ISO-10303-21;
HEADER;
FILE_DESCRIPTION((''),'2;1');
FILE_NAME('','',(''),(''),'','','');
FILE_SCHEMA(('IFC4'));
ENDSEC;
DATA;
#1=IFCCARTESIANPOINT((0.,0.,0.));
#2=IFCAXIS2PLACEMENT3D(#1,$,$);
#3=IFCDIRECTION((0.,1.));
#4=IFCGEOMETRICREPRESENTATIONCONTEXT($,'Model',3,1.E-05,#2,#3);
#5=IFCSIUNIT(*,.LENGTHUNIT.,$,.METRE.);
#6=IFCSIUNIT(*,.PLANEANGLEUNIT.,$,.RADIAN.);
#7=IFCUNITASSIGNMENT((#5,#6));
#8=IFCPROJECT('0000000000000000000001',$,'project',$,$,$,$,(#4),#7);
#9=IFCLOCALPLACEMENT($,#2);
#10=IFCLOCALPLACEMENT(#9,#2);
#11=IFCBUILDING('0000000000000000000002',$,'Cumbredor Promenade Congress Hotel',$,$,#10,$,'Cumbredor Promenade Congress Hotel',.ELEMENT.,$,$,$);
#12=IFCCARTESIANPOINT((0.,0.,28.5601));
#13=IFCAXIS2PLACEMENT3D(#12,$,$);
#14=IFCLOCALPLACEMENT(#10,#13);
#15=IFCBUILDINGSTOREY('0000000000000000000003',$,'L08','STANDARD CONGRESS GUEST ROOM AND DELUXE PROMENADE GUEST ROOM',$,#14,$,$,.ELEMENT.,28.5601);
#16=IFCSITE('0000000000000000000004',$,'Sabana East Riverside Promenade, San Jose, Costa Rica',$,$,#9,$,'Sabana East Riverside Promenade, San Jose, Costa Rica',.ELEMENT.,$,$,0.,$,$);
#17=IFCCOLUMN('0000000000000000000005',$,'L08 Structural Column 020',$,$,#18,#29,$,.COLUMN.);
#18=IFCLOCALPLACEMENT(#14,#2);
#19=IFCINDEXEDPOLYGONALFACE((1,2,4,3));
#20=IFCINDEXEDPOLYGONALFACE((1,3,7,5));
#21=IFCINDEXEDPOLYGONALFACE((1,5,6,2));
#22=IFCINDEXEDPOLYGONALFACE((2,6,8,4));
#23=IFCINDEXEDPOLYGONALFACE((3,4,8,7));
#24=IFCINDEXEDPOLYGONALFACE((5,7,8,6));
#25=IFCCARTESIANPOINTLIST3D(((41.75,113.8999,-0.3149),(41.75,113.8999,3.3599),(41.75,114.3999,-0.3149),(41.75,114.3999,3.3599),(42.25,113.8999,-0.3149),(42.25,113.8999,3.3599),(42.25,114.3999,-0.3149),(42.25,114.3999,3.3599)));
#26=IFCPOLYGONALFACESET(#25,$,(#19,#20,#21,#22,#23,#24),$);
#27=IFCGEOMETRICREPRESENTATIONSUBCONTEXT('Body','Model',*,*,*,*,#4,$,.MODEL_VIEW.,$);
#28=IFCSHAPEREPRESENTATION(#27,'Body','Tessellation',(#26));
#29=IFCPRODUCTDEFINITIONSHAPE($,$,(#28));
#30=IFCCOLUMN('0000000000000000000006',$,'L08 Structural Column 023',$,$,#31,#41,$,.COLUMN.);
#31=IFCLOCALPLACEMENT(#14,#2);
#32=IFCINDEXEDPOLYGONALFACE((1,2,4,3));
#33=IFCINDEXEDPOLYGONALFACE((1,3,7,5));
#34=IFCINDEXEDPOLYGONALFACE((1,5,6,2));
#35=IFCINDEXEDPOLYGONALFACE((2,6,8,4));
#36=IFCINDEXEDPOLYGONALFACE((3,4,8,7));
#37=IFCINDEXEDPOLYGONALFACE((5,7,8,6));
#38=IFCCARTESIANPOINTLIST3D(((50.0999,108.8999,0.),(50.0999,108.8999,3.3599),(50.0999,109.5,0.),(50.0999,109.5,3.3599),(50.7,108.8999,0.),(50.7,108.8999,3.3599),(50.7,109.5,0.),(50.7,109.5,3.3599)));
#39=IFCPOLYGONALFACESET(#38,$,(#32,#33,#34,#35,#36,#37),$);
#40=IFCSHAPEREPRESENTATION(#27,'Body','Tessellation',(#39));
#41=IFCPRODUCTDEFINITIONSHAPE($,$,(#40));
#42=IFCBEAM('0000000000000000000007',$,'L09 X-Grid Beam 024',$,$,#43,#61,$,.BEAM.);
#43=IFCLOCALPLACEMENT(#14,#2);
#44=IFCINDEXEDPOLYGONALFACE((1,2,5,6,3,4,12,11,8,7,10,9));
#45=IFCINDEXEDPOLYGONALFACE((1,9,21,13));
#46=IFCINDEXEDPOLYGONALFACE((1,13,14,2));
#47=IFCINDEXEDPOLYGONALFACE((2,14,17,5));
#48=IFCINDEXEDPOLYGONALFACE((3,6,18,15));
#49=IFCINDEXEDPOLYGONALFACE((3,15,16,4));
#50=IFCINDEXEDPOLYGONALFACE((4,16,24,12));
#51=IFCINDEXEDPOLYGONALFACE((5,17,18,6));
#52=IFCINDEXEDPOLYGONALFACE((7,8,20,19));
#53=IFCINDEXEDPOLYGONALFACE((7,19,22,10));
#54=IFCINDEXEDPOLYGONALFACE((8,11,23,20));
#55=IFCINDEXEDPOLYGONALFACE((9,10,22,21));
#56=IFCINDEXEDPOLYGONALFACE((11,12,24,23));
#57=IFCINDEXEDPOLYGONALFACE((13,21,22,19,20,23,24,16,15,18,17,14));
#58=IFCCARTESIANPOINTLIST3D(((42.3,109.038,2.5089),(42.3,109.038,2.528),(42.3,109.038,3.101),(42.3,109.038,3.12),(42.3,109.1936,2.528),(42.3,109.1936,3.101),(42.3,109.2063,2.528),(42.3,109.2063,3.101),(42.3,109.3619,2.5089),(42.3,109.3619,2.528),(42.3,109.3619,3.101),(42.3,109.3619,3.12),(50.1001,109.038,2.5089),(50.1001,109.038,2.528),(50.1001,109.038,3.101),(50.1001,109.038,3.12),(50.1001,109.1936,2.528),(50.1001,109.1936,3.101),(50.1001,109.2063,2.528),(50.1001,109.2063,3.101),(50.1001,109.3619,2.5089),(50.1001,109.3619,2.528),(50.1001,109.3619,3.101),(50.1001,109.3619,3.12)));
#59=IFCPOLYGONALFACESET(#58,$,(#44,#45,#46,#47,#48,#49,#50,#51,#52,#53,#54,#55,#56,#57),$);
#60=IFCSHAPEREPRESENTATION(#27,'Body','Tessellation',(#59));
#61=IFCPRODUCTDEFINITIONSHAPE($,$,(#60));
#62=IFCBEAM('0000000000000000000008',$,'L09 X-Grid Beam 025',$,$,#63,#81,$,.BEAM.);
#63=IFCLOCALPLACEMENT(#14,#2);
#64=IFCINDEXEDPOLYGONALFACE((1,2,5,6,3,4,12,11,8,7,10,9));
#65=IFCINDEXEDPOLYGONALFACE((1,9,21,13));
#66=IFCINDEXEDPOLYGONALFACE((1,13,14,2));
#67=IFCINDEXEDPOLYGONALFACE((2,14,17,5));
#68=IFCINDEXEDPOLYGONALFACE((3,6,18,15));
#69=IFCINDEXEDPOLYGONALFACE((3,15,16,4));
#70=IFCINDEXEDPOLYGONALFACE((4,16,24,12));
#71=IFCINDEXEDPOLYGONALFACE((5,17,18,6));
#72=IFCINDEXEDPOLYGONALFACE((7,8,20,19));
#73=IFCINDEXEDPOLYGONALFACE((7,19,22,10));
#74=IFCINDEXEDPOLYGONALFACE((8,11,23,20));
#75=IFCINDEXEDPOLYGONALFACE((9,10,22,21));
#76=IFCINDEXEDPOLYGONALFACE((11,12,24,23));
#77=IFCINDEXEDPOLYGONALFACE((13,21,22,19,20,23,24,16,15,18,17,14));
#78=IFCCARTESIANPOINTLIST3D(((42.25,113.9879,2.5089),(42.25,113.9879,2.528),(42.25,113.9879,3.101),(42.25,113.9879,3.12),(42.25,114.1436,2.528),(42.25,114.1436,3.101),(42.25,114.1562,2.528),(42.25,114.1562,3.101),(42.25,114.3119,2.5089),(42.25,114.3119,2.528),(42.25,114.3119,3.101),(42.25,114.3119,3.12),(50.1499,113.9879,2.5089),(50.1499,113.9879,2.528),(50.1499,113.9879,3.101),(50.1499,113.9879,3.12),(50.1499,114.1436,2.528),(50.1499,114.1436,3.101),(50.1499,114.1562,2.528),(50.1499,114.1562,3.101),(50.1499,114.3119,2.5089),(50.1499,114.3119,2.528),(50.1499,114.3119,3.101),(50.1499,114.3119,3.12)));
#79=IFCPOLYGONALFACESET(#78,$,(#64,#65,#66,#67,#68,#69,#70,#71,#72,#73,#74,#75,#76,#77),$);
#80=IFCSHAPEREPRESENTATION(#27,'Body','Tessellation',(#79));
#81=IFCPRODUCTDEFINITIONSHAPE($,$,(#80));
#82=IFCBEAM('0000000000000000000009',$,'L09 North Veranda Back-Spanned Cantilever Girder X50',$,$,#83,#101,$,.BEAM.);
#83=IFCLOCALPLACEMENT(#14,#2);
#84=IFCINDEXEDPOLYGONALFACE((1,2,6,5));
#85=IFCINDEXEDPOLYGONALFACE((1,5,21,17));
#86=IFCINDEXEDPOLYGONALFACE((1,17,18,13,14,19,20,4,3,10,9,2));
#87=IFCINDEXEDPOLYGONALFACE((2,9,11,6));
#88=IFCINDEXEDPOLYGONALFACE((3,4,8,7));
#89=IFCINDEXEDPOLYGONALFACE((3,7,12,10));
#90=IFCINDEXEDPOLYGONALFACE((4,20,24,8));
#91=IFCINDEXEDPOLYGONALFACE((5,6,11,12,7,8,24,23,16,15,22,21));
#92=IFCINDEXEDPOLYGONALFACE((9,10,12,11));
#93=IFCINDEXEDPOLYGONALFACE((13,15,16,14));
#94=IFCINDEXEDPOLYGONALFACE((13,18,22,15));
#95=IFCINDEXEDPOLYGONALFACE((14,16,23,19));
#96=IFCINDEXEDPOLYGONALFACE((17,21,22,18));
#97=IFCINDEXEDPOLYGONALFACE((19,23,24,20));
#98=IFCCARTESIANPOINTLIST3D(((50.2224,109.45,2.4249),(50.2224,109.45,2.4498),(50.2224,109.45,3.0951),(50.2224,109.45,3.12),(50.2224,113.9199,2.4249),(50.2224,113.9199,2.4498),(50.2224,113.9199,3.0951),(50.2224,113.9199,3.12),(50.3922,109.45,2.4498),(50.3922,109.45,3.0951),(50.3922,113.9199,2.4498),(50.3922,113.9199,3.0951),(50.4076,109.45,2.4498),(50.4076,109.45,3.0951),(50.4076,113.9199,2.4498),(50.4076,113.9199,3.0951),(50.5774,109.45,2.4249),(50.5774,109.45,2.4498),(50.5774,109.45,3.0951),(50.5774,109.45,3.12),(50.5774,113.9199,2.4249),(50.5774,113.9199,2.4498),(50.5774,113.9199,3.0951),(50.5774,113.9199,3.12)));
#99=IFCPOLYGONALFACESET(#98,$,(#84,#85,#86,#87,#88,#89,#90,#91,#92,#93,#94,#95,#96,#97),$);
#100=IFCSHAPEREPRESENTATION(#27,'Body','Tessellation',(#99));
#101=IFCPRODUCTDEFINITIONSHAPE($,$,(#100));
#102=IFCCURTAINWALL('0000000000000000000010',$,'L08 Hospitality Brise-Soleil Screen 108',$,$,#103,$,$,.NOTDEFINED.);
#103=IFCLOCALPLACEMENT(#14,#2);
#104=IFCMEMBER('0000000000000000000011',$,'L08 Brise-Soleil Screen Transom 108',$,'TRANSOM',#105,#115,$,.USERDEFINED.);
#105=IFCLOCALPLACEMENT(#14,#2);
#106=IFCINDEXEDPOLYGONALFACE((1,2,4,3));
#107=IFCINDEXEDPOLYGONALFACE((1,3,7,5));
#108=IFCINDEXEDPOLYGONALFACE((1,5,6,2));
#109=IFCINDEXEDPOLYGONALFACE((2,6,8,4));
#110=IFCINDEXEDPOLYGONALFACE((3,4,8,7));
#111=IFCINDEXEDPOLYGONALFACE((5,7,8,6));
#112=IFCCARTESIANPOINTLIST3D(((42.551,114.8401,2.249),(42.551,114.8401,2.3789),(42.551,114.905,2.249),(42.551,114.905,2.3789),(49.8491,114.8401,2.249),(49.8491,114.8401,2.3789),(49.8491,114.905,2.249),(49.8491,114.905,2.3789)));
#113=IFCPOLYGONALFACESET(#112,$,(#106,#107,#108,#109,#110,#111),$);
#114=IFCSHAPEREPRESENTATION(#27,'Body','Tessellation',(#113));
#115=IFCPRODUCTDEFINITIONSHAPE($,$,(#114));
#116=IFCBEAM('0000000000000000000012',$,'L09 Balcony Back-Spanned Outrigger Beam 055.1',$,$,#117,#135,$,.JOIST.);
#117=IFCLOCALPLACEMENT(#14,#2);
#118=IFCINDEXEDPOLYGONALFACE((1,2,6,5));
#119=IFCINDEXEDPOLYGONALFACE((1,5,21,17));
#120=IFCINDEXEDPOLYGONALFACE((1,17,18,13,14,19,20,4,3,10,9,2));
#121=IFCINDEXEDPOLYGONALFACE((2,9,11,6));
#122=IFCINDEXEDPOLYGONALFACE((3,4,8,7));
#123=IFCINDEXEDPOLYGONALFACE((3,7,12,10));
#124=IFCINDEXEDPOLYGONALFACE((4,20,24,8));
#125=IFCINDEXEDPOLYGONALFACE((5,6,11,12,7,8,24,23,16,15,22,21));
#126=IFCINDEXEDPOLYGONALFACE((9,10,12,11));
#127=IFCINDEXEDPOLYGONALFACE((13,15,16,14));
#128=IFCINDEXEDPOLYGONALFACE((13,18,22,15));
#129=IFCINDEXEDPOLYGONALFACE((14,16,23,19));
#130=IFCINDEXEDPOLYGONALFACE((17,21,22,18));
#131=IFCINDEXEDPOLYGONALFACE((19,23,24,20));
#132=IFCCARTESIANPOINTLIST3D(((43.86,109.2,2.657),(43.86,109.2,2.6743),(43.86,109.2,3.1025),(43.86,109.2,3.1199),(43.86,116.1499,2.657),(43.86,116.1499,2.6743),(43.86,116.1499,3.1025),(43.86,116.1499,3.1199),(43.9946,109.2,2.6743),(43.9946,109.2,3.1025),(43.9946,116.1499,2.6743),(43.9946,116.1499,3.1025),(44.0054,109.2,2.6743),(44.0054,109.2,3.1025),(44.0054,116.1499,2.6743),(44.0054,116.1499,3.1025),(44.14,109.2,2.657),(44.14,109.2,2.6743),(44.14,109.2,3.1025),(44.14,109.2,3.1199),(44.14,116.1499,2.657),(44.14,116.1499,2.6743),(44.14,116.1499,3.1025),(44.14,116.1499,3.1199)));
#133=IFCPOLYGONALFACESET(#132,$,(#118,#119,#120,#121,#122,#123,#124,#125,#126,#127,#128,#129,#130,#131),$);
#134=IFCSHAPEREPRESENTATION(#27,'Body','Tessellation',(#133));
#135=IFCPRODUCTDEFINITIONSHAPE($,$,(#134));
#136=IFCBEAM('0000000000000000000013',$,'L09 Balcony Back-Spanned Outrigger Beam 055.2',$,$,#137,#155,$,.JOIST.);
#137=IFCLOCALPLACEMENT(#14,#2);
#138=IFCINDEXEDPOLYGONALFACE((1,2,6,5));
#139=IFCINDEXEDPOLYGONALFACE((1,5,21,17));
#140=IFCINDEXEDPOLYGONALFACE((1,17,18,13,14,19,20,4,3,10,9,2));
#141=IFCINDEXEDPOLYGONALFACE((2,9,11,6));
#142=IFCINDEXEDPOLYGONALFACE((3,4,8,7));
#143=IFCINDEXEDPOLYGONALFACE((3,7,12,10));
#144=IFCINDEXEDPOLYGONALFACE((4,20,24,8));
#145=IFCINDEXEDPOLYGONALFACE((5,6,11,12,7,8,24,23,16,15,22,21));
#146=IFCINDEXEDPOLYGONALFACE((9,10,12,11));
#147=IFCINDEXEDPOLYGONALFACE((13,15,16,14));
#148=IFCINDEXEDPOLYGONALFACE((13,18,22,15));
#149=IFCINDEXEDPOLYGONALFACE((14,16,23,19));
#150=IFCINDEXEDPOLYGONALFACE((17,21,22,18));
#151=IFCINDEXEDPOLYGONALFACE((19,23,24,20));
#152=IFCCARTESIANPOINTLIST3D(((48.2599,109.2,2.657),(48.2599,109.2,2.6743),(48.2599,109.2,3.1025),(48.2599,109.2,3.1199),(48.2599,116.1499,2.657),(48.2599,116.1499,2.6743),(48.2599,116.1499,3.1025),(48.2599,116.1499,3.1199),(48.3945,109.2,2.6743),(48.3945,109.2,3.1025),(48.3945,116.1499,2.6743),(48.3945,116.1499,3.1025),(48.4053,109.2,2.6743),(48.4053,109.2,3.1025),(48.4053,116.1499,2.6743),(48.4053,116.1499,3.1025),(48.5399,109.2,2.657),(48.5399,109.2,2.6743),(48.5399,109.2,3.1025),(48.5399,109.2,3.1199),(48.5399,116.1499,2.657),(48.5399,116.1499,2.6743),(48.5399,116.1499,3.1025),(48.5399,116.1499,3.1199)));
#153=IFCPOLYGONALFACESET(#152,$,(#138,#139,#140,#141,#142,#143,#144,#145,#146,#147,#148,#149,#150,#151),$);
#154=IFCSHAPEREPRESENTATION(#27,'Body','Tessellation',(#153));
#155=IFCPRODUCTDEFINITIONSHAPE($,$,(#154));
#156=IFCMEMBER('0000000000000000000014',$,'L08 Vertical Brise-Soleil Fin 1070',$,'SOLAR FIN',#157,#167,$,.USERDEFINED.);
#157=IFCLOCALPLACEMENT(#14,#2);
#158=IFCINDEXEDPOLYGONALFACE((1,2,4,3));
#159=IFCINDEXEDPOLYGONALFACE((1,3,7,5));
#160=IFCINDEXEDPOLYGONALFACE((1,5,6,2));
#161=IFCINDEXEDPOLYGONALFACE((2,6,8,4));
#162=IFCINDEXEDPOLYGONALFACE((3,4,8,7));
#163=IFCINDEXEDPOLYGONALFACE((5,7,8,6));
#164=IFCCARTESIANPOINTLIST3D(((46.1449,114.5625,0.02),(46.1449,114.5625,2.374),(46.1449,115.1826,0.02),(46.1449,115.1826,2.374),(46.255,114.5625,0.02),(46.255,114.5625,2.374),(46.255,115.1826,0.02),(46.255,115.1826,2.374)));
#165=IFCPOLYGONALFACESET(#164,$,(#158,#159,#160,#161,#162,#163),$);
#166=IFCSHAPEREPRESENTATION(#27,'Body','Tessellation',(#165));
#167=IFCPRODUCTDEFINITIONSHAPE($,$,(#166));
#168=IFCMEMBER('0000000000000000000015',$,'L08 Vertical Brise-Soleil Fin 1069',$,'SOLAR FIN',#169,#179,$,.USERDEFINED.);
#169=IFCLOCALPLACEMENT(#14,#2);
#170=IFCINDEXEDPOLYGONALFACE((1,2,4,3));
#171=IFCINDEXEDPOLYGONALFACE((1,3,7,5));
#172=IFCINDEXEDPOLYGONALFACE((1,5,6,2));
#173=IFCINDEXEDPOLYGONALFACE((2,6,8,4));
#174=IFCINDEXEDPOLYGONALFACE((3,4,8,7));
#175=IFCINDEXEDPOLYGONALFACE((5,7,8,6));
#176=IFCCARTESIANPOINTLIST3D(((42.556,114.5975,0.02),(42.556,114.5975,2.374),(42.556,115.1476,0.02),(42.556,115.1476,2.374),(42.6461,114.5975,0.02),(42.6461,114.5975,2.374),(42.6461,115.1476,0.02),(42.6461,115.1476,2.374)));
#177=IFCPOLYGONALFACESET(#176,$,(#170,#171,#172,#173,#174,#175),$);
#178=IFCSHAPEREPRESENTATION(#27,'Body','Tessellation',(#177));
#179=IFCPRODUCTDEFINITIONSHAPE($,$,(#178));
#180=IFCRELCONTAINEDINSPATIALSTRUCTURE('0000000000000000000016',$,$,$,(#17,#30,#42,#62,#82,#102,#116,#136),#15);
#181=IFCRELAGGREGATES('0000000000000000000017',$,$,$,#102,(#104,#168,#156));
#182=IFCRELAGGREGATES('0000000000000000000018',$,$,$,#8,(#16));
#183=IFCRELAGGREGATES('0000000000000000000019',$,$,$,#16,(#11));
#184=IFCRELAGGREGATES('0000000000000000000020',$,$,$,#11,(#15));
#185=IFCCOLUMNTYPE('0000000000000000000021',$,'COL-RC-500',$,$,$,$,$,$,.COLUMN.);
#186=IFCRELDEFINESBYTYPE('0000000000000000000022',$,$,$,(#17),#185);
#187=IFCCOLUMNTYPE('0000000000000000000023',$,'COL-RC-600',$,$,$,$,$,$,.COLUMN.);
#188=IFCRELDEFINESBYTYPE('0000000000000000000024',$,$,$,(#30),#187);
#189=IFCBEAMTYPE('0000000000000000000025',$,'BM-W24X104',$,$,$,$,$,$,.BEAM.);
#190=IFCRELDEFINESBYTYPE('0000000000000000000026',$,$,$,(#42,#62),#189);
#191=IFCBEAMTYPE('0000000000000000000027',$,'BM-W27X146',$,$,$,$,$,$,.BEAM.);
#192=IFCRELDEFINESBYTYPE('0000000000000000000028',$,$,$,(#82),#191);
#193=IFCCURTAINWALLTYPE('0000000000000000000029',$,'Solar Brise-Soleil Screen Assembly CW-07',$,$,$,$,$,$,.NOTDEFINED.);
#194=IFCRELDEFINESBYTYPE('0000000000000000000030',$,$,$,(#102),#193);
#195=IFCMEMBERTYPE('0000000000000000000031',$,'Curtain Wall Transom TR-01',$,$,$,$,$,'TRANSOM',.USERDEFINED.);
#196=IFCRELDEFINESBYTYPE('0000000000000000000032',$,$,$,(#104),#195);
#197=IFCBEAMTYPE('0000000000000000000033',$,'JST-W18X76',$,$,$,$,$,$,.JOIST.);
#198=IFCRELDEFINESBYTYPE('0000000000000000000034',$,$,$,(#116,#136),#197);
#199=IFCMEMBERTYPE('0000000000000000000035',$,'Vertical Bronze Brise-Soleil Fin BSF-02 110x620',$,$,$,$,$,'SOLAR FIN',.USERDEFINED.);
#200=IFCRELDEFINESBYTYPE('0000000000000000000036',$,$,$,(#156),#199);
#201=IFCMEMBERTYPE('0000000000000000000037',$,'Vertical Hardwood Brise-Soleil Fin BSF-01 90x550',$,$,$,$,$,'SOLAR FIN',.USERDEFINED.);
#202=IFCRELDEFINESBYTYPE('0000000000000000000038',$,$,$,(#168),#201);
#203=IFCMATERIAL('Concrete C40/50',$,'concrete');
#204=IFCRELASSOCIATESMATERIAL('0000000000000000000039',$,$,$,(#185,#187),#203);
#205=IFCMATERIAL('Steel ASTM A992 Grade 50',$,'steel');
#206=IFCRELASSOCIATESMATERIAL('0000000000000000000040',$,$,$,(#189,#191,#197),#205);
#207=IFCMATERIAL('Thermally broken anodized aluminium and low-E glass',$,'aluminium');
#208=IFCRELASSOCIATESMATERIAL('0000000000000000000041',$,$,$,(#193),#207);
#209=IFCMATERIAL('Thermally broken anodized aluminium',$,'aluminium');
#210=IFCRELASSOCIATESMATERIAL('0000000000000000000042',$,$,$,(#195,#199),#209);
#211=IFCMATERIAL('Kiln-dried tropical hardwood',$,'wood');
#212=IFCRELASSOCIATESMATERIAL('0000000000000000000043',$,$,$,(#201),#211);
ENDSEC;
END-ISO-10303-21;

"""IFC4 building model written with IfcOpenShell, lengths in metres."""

from ifc_helpers import new_model, si_unit, direction, frame, origin, origin_2d, place, context, subcontext, project, spatial, rectangle, i_section, extrude, material, material_profile, profile_set, type_object, element, aggregate, save


model = new_model("IFC4")

# Units and contexts
model_context = context("Model", 3, precision=1e-05, world=origin(), true_north=direction((0.0, 1.0)))
body_context = subcontext(model_context, "Body", "Model", "MODEL_VIEW")
ifc_project = project(units=[si_unit("LENGTHUNIT", "METRE"), si_unit("PLANEANGLEUNIT", "RADIAN")], contexts=[model_context])

# Site, building, storey
site_placement = place(None, origin())
site = spatial("IfcSite", under=ifc_project, at=site_placement, Name="Sabana East Riverside Promenade, San Jose, Costa Rica", LongName="Sabana East Riverside Promenade, San Jose, Costa Rica", CompositionType="ELEMENT", RefElevation=0.0)
building_placement = place(site_placement, origin())
building = spatial("IfcBuilding", under=site, at=building_placement, Name="Cumbredor Promenade Congress Hotel", LongName="Cumbredor Promenade Congress Hotel", CompositionType="ELEMENT")
storey_placement = place(building_placement, frame((0.0, 0.0, 28.5601)))
storey = spatial("IfcBuildingStorey", under=building, at=storey_placement, Name="L08", Description="STANDARD CONGRESS GUEST ROOM AND DELUXE PROMENADE GUEST ROOM", CompositionType="ELEMENT", Elevation=28.5601)

# Columns
ifc_material_1 = material(Name="Concrete C40/50", Category="concrete")
ifc_material_profile_1 = material_profile(ifc_material_1, rectangle(XDim=0.5, YDim=0.5, at=origin_2d()), Name="RC 500x500")
ifc_profile_set_1 = profile_set([ifc_material_profile_1], Name="Concrete C40/50")
column_type_1 = type_object("IfcColumnType", Name="COL-RC-500", PredefinedType="COLUMN", material=ifc_profile_set_1)
column_1_placement = place(storey_placement, frame((42.0, 114.1499, -0.3149), z_axis=(0.0, 0.0, 1.0), x_axis=(1.0, 0.0, 0.0)))
element("IfcColumn", 1, at=column_1_placement, inside=storey, type_object=column_type_1, Name="L08 Structural Column 020", PredefinedType="COLUMN", context=body_context, shape_type="SweptSolid", body=[
    extrude(rectangle(XDim=0.5, YDim=0.5, at=origin_2d()), origin(), (0.0, 0.0, 1.0), 3.6748),
])
ifc_material_profile_2 = material_profile(ifc_material_1, rectangle(XDim=0.6001, YDim=0.6001, at=origin_2d()), Name="RC 600x600")
ifc_profile_set_2 = profile_set([ifc_material_profile_2], Name="Concrete C40/50")
column_type_2 = type_object("IfcColumnType", Name="COL-RC-600", PredefinedType="COLUMN", material=ifc_profile_set_2)
column_2_placement = place(storey_placement, frame((50.3999, 109.2, 0.0), z_axis=(0.0, 0.0, 1.0), x_axis=(1.0, 0.0, 0.0)))
element("IfcColumn", 2, at=column_2_placement, inside=storey, type_object=column_type_2, Name="L08 Structural Column 023", PredefinedType="COLUMN", context=body_context, shape_type="SweptSolid", body=[
    extrude(rectangle(XDim=0.6001, YDim=0.6001, at=origin_2d()), origin(), (0.0, 0.0, 1.0), 3.3599),
])

# Beams
ifc_material_2 = material(Name="Steel ASTM A992 Grade 50", Category="steel")
ifc_material_profile_3 = material_profile(ifc_material_2, i_section(OverallWidth=0.324, OverallDepth=0.6111, WebThickness=0.0127, FlangeThickness=0.019, at=origin_2d()), Name="W24X104")
ifc_profile_set_3 = profile_set([ifc_material_profile_3], Name="Steel ASTM A992 Grade 50")
beam_type_1 = type_object("IfcBeamType", Name="BM-W24X104", PredefinedType="BEAM", material=ifc_profile_set_3)
beam_1_placement = place(storey_placement, frame((42.3, 109.2, 2.8145), z_axis=(1.0, 0.0, 0.0), x_axis=(0.0, 1.0, 0.0)))
element("IfcBeam", 3, at=beam_1_placement, inside=storey, type_object=beam_type_1, Name="L09 X-Grid Beam 024", PredefinedType="BEAM", context=body_context, shape_type="SweptSolid", body=[
    extrude(i_section(OverallWidth=0.324, OverallDepth=0.6111, WebThickness=0.0127, FlangeThickness=0.019, at=origin_2d()), origin(), (0.0, 0.0, 1.0), 7.8),
])
beam_2_placement = place(storey_placement, frame((42.25, 114.1499, 2.8145), z_axis=(1.0, 0.0, 0.0), x_axis=(0.0, 1.0, 0.0)))
element("IfcBeam", 4, at=beam_2_placement, inside=storey, type_object=beam_type_1, Name="L09 X-Grid Beam 025", PredefinedType="BEAM", context=body_context, shape_type="SweptSolid", body=[
    extrude(i_section(OverallWidth=0.324, OverallDepth=0.6111, WebThickness=0.0127, FlangeThickness=0.019, at=origin_2d()), origin(), (0.0, 0.0, 1.0), 7.8999),
])
ifc_material_profile_4 = material_profile(ifc_material_2, i_section(OverallWidth=0.355, OverallDepth=0.6951, WebThickness=0.0154, FlangeThickness=0.0249, at=origin_2d()), Name="W27X146")
ifc_profile_set_4 = profile_set([ifc_material_profile_4], Name="Steel ASTM A992 Grade 50")
beam_type_2 = type_object("IfcBeamType", Name="BM-W27X146", PredefinedType="BEAM", material=ifc_profile_set_4)
beam_3_placement = place(storey_placement, frame((50.3999, 109.45, 2.7725), z_axis=(0.0, 1.0, 0.0), x_axis=(-1.0, 0.0, 0.0)))
element("IfcBeam", 5, at=beam_3_placement, inside=storey, type_object=beam_type_2, Name="L09 North Veranda Back-Spanned Cantilever Girder X50", PredefinedType="BEAM", context=body_context, shape_type="SweptSolid", body=[
    extrude(i_section(OverallWidth=0.355, OverallDepth=0.6951, WebThickness=0.0154, FlangeThickness=0.0249, at=origin_2d()), origin(), (0.0, 0.0, 1.0), 4.47),
])

# Curtain wall, member
ifc_material_3 = material(Name="Thermally broken anodized aluminium and low-E glass", Category="aluminium")
curtain_wall_type = type_object("IfcCurtainWallType", Name="Solar Brise-Soleil Screen Assembly CW-07", PredefinedType="NOTDEFINED", material=ifc_material_3)
curtain_wall_placement = place(storey_placement, origin())
curtain_wall = element("IfcCurtainWall", 6, at=curtain_wall_placement, inside=storey, type_object=curtain_wall_type, Name="L08 Hospitality Brise-Soleil Screen 108", PredefinedType="NOTDEFINED")
ifc_material_4 = material(Name="Thermally broken anodized aluminium", Category="aluminium")
ifc_material_profile_5 = material_profile(ifc_material_4, rectangle(XDim=0.0649, YDim=0.1299, at=origin_2d()), Name="ALU TRANSOM 65x130")
ifc_profile_set_5 = profile_set([ifc_material_profile_5], Name="Thermally broken anodized aluminium")
member_type_1 = type_object("IfcMemberType", Name="Curtain Wall Transom TR-01", ElementType="TRANSOM", PredefinedType="USERDEFINED", material=ifc_profile_set_5)
member_1_placement = place(storey_placement, frame((42.551, 114.8726, 2.314), z_axis=(1.0, 0.0, 0.0), x_axis=(0.0, 1.0, 0.0)))
member_1 = element("IfcMember", 7, at=member_1_placement, type_object=member_type_1, Name="L08 Brise-Soleil Screen Transom 108", ObjectType="TRANSOM", PredefinedType="USERDEFINED", context=body_context, shape_type="SweptSolid", body=[
    extrude(rectangle(XDim=0.0649, YDim=0.1299, at=origin_2d()), origin(), (0.0, 0.0, 1.0), 7.2981),
])

# Beams
ifc_material_profile_6 = material_profile(ifc_material_2, i_section(OverallWidth=0.28, OverallDepth=0.4629, WebThickness=0.0107, FlangeThickness=0.0173, at=origin_2d()), Name="W18X76")
ifc_profile_set_6 = profile_set([ifc_material_profile_6], Name="Steel ASTM A992 Grade 50")
beam_type_3 = type_object("IfcBeamType", Name="JST-W18X76", PredefinedType="JOIST", material=ifc_profile_set_6)
for number, where, z_axis, x_axis, name in (
    (8, (44.0, 109.2, 2.8884), (0.0, 1.0, 0.0), (-1.0, 0.0, 0.0), "L09 Balcony Back-Spanned Outrigger Beam 055.1"),
    (9, (48.3999, 109.2, 2.8884), (0.0, 1.0, 0.0), (-1.0, 0.0, 0.0), "L09 Balcony Back-Spanned Outrigger Beam 055.2"),
):
    element("IfcBeam", number, at=place(storey_placement, frame(where, z_axis=z_axis, x_axis=x_axis)), inside=storey, type_object=beam_type_3, Name=name, PredefinedType="JOIST", context=body_context, shape_type="SweptSolid", body=[
        extrude(i_section(OverallWidth=0.28, OverallDepth=0.4629, WebThickness=0.0107, FlangeThickness=0.0173, at=origin_2d()), origin(), (0.0, 0.0, 1.0), 6.95),
    ])

# Members
ifc_material_profile_7 = material_profile(ifc_material_4, rectangle(XDim=0.1101, YDim=0.6201, at=origin_2d()), Name="ARCH FIN 110x620")
ifc_profile_set_7 = profile_set([ifc_material_profile_7], Name="Thermally broken anodized aluminium")
member_type_2 = type_object("IfcMemberType", Name="Vertical Bronze Brise-Soleil Fin BSF-02 110x620", ElementType="SOLAR FIN", PredefinedType="USERDEFINED", material=ifc_profile_set_7)
member_2_placement = place(storey_placement, frame((46.2, 114.8726, 0.02), z_axis=(0.0, 0.0, 1.0), x_axis=(1.0, 0.0, 0.0)))
member_2 = element("IfcMember", 10, at=member_2_placement, type_object=member_type_2, Name="L08 Vertical Brise-Soleil Fin 1070", ObjectType="SOLAR FIN", PredefinedType="USERDEFINED", context=body_context, shape_type="SweptSolid", body=[
    extrude(rectangle(XDim=0.1101, YDim=0.6201, at=origin_2d()), origin(), (0.0, 0.0, 1.0), 2.354),
])
ifc_material_5 = material(Name="Kiln-dried tropical hardwood", Category="wood")
ifc_material_profile_8 = material_profile(ifc_material_5, rectangle(XDim=0.0901, YDim=0.55, at=origin_2d()), Name="ARCH FIN 90x550")
ifc_profile_set_8 = profile_set([ifc_material_profile_8], Name="Kiln-dried tropical hardwood")
member_type_3 = type_object("IfcMemberType", Name="Vertical Hardwood Brise-Soleil Fin BSF-01 90x550", ElementType="SOLAR FIN", PredefinedType="USERDEFINED", material=ifc_profile_set_8)
member_3_placement = place(storey_placement, frame((42.6011, 114.8726, 0.02), z_axis=(0.0, 0.0, 1.0), x_axis=(1.0, 0.0, 0.0)))
member_3 = element("IfcMember", 11, at=member_3_placement, type_object=member_type_3, Name="L08 Vertical Brise-Soleil Fin 1069", ObjectType="SOLAR FIN", PredefinedType="USERDEFINED", context=body_context, shape_type="SweptSolid", body=[
    extrude(rectangle(XDim=0.0901, YDim=0.55, at=origin_2d()), origin(), (0.0, 0.0, 1.0), 2.354),
])

aggregate(curtain_wall, [member_1, member_3, member_2])

save(model, "model.ifc")
